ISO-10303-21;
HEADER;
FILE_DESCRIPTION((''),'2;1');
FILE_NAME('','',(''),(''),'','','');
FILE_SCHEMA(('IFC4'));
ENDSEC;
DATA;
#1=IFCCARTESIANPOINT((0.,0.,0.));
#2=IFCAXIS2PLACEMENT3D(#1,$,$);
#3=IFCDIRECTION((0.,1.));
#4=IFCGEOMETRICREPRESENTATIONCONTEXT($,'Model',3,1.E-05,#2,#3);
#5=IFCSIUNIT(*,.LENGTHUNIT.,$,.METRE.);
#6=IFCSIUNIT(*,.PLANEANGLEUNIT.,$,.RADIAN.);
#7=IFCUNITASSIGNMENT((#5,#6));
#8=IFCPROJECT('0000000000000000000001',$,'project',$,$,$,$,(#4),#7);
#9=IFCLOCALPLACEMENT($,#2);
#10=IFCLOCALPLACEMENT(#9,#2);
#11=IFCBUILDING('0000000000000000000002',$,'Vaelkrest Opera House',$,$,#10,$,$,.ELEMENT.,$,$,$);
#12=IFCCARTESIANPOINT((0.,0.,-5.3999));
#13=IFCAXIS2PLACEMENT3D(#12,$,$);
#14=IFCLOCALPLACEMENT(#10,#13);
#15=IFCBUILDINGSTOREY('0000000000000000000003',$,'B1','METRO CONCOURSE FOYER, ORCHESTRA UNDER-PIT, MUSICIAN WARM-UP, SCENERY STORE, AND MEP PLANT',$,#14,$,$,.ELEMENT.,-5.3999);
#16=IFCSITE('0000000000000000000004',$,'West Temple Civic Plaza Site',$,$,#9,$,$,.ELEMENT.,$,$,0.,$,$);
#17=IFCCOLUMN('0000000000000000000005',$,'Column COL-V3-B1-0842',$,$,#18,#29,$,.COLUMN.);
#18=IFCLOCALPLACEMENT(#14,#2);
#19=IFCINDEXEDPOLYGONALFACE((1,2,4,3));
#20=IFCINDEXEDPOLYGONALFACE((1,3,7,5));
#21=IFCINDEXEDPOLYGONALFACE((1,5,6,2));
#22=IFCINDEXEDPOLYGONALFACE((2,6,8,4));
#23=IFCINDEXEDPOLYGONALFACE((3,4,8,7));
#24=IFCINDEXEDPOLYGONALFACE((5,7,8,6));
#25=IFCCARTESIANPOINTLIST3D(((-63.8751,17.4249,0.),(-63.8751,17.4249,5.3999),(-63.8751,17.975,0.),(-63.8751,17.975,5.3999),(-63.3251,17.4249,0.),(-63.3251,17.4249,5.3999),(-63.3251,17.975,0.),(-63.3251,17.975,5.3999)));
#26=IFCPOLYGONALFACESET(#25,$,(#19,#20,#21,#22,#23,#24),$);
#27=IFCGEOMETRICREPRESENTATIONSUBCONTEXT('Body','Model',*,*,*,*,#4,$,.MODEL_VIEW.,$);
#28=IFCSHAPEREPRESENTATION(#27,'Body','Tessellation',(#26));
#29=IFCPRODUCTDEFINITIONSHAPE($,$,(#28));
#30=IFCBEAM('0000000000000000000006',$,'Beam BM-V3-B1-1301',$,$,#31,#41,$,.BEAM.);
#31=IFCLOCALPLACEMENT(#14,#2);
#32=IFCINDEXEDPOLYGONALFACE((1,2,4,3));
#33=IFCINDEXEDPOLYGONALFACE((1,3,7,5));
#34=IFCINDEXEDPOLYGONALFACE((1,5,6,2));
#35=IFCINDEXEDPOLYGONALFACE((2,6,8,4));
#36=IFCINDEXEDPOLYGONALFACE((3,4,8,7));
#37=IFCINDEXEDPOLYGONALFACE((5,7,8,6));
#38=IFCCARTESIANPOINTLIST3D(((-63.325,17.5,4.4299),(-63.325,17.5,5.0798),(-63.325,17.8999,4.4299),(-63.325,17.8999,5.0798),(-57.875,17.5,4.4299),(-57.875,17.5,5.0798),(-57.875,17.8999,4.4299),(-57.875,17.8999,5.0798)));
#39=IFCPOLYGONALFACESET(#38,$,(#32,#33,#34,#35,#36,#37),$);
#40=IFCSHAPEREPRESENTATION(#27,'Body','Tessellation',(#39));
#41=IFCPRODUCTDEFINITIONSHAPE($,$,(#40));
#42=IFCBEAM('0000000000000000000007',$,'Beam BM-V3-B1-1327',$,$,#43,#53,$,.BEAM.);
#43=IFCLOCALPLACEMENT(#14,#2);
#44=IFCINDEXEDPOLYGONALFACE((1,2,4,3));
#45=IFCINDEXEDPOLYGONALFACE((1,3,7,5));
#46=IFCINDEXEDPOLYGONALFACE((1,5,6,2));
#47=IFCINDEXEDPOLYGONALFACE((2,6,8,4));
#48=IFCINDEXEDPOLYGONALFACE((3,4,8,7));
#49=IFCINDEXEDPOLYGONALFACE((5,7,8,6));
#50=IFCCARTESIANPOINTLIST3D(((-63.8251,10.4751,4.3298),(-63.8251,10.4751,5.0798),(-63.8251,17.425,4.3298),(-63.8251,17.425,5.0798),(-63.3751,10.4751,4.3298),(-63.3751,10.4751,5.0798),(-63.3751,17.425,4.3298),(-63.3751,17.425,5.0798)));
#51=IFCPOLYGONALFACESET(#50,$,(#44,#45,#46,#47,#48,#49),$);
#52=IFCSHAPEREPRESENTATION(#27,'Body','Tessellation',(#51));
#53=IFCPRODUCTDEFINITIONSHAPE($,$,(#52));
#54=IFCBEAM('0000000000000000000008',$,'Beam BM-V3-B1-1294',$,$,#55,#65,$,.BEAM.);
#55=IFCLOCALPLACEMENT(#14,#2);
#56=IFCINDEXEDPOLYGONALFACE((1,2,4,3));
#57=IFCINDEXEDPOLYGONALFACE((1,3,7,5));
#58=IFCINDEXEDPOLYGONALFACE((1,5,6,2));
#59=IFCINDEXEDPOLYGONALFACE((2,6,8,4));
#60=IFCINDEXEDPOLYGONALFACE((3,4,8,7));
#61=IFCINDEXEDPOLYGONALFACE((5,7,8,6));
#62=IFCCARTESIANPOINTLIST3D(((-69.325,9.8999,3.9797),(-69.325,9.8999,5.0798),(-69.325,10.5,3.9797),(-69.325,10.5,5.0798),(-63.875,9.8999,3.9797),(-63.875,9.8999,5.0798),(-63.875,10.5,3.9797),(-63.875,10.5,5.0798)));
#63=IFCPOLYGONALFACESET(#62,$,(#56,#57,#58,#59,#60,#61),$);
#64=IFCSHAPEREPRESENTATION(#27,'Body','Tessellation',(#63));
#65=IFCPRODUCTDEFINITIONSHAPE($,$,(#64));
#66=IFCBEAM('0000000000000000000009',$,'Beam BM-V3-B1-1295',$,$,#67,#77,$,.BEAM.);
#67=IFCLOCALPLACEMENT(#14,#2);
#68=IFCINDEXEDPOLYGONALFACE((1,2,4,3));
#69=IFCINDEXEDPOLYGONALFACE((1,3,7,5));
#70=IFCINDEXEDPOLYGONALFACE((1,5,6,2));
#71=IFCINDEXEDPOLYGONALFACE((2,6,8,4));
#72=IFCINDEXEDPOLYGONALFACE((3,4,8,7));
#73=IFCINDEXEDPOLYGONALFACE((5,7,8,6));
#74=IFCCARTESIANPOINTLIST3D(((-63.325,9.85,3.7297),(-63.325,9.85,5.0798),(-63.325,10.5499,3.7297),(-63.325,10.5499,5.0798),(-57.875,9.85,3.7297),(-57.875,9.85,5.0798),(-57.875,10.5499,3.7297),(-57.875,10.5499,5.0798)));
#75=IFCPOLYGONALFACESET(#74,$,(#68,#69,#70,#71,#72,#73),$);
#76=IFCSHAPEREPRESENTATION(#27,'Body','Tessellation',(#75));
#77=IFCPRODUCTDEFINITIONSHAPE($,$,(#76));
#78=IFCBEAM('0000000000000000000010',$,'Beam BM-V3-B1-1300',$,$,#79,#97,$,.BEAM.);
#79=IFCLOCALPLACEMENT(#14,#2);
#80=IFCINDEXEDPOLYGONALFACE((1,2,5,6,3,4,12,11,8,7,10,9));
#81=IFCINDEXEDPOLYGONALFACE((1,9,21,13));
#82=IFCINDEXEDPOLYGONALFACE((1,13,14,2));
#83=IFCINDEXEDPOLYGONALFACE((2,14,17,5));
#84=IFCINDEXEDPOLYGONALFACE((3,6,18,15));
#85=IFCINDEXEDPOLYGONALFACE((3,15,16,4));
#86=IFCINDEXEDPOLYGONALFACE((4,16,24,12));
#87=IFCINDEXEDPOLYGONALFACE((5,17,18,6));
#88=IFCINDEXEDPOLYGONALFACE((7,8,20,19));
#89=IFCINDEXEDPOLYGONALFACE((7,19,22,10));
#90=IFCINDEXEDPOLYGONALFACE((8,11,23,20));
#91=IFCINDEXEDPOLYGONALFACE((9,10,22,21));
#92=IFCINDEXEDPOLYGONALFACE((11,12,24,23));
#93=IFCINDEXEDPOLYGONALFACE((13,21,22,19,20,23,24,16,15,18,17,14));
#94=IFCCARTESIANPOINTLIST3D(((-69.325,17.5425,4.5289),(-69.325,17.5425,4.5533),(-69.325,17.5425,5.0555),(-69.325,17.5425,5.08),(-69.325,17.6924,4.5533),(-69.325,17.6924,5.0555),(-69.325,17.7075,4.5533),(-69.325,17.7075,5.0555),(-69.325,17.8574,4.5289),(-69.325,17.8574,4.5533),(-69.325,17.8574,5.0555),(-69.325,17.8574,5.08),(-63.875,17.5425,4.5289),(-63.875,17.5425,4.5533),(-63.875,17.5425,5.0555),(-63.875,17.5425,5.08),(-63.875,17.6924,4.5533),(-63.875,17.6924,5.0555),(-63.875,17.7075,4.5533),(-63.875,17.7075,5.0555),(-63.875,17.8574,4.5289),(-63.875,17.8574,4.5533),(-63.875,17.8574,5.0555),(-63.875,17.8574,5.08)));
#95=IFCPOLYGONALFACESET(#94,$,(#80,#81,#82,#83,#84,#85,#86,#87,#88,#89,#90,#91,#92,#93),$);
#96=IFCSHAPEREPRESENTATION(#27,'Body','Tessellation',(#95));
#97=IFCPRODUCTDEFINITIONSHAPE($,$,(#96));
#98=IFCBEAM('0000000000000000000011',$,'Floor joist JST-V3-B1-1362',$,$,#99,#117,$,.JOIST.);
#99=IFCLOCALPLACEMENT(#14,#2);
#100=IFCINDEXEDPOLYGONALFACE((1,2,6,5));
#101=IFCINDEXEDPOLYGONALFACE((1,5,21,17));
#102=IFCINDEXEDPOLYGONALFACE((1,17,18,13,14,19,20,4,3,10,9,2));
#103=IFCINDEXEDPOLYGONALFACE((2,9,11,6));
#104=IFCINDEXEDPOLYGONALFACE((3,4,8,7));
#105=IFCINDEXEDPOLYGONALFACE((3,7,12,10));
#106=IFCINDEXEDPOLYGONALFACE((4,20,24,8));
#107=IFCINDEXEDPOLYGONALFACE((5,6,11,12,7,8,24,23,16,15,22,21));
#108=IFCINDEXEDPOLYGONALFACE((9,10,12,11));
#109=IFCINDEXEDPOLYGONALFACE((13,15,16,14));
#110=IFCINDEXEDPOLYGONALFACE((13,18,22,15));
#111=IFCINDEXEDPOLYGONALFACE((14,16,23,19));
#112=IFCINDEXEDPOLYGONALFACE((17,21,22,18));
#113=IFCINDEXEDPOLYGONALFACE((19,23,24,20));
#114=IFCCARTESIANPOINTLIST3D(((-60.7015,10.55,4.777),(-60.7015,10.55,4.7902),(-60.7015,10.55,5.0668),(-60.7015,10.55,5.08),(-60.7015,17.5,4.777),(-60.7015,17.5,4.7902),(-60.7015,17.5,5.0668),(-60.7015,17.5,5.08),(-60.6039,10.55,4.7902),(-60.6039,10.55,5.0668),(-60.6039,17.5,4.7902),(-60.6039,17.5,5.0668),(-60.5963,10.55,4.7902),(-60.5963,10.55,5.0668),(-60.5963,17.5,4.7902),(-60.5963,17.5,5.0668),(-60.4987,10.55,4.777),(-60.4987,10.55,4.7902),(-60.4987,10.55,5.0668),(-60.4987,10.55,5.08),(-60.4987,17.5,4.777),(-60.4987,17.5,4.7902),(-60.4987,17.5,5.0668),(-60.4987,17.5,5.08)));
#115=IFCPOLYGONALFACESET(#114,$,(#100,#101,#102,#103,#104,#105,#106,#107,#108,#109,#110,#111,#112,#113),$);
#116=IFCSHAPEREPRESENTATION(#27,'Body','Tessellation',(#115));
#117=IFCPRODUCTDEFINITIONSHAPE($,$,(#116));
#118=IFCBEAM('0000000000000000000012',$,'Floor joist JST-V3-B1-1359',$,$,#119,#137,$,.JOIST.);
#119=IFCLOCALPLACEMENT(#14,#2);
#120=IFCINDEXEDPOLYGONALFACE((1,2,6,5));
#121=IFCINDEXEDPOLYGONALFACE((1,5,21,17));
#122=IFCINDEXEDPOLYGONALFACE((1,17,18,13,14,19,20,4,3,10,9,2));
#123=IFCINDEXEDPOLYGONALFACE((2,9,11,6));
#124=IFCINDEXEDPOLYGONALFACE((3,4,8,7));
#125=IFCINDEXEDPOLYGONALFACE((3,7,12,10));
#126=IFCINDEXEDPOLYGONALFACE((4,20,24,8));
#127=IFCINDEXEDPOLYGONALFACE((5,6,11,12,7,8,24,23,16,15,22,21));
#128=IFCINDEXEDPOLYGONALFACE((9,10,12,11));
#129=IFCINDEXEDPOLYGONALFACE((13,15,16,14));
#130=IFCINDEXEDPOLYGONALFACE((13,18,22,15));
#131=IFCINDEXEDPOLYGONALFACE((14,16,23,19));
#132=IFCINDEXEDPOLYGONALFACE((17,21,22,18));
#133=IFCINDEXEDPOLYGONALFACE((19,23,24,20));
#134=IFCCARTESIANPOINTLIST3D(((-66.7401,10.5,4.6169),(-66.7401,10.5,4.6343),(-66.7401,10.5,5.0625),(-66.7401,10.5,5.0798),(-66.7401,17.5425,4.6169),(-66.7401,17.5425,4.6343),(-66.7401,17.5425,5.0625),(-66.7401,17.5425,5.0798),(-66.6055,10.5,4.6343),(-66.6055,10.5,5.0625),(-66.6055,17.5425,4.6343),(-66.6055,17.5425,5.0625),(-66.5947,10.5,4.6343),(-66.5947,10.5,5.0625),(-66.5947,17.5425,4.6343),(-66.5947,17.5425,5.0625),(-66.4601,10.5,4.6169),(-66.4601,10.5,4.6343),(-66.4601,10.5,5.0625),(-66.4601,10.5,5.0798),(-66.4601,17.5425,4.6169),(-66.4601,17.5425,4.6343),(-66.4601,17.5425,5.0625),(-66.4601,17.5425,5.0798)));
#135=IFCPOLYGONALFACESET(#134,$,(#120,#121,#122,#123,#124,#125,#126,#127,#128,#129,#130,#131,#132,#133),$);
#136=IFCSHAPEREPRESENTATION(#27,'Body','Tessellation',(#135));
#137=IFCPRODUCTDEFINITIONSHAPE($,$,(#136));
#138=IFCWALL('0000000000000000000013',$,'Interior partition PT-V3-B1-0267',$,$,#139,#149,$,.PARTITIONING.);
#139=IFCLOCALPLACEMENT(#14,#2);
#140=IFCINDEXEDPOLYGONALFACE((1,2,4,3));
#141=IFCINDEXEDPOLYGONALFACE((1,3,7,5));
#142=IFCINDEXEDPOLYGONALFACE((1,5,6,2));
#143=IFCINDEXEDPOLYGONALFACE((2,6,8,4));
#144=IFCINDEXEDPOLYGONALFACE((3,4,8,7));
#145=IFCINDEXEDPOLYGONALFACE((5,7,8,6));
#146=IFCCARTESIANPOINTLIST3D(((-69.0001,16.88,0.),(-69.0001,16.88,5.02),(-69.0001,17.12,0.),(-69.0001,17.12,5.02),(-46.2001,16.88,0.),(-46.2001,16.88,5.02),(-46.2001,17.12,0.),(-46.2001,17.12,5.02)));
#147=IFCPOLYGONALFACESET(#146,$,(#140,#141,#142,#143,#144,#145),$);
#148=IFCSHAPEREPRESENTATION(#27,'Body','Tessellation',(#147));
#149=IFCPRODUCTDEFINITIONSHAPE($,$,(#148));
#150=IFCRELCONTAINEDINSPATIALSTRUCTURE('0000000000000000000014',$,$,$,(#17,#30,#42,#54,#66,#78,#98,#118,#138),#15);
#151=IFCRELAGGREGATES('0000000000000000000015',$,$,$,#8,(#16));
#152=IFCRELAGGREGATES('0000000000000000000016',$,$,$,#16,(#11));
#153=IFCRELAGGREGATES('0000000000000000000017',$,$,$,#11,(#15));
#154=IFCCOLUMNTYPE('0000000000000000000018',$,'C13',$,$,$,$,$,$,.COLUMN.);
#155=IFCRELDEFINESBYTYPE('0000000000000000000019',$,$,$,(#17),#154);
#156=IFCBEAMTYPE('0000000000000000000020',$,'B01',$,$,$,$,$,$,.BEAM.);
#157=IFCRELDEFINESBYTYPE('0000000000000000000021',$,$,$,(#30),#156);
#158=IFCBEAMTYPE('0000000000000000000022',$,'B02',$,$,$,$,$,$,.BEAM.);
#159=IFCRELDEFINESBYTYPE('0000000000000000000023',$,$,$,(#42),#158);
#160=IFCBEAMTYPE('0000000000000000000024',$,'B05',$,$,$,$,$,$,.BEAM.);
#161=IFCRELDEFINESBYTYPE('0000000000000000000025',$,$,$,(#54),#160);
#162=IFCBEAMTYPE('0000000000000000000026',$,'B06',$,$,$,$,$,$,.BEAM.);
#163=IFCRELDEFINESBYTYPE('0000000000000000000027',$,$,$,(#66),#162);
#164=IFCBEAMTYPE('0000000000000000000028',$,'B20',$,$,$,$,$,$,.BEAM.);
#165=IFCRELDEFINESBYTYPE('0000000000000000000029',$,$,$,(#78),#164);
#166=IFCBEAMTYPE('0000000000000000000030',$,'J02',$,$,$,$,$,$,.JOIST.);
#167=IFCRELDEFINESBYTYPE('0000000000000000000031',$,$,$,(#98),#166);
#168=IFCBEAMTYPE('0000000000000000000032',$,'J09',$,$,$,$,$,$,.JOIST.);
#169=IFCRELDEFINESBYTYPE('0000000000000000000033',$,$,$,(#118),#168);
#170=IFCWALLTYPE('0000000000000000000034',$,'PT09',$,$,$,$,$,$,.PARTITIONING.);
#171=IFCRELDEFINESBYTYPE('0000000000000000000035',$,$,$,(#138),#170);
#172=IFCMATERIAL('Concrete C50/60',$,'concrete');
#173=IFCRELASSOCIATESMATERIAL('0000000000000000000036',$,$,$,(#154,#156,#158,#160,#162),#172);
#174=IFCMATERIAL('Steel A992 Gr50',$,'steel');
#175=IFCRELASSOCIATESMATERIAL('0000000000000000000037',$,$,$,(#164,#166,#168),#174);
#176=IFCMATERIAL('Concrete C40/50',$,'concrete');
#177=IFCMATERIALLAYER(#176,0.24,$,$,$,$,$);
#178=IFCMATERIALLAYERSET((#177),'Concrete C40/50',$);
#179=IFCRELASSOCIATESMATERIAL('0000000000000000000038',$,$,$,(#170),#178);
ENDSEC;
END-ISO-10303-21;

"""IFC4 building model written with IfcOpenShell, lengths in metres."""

from ifc_helpers import new_model, si_unit, direction, frame, frame_2d, origin, origin_2d, place, context, subcontext, project, spatial, rectangle, i_section, extrude, material, layer, layer_set, material_profile, profile_set, type_object, element, save


model = new_model("IFC4")

# Units and contexts
model_context = context("Model", 3, precision=1e-05, world=origin(), true_north=direction((0.0, 1.0)))
body_context = subcontext(model_context, "Body", "Model", "MODEL_VIEW")
ifc_project = project(units=[si_unit("LENGTHUNIT", "METRE"), si_unit("PLANEANGLEUNIT", "RADIAN")], contexts=[model_context])

# Site, building, storey
site_placement = place(None, origin())
site = spatial("IfcSite", under=ifc_project, at=site_placement, Name="West Temple Civic Plaza Site", CompositionType="ELEMENT", RefElevation=0.0)
building_placement = place(site_placement, origin())
building = spatial("IfcBuilding", under=site, at=building_placement, Name="Vaelkrest Opera House", CompositionType="ELEMENT")
storey_placement = place(building_placement, frame((0.0, 0.0, -5.3999)))
storey = spatial("IfcBuildingStorey", under=building, at=storey_placement, Name="B1", Description="METRO CONCOURSE FOYER, ORCHESTRA UNDER-PIT, MUSICIAN WARM-UP, SCENERY STORE, AND MEP PLANT", CompositionType="ELEMENT", Elevation=-5.3999)

# Shared definitions
ifc_material_1 = material(Name="Concrete C40/50", Category="concrete")

# Column
ifc_material_2 = material(Name="Concrete C50/60", Category="concrete")
ifc_material_profile_1 = material_profile(ifc_material_2, rectangle(XDim=0.55, YDim=0.55, at=origin_2d()), Name="RC550X550")
ifc_profile_set_1 = profile_set([ifc_material_profile_1], Name="Concrete C50/60")
column_type = type_object("IfcColumnType", Name="C13", PredefinedType="COLUMN", material=ifc_profile_set_1)
for number, where, z_axis, x_axis, name in (
    (1, (-63.6001, 17.7, 0.0), (0.0, 0.0, 1.0), (1.0, 0.0, 0.0), "Column COL-V3-B1-0842"),
):
    element("IfcColumn", number, at=place(storey_placement, frame(where, z_axis=z_axis, x_axis=x_axis)), inside=storey, type_object=column_type, Name=name, PredefinedType="COLUMN", context=body_context, shape_type="SweptSolid", body=[
        extrude(rectangle(XDim=0.55, YDim=0.55, at=origin_2d()), origin(), (0.0, 0.0, 1.0), 5.3999),
    ])

# Beams
ifc_material_profile_2 = material_profile(ifc_material_2, rectangle(XDim=0.3999, YDim=0.6499, at=origin_2d()), Name="RCB400X650")
ifc_profile_set_2 = profile_set([ifc_material_profile_2], Name="Concrete C50/60")
beam_type_1 = type_object("IfcBeamType", Name="B01", PredefinedType="BEAM", material=ifc_profile_set_2)
beam_1_placement = place(storey_placement, frame((-63.325, 17.7, 4.7549), z_axis=(1.0, 0.0, 0.0), x_axis=(0.0, 1.0, 0.0)))
element("IfcBeam", 2, at=beam_1_placement, inside=storey, type_object=beam_type_1, Name="Beam BM-V3-B1-1301", PredefinedType="BEAM", context=body_context, shape_type="SweptSolid", body=[
    extrude(rectangle(XDim=0.3999, YDim=0.6499, at=origin_2d()), origin(), (0.0, 0.0, 1.0), 5.45),
])
ifc_material_profile_3 = material_profile(ifc_material_2, rectangle(XDim=0.45, YDim=0.75, at=origin_2d()), Name="RCB450X750")
ifc_profile_set_3 = profile_set([ifc_material_profile_3], Name="Concrete C50/60")
beam_type_2 = type_object("IfcBeamType", Name="B02", PredefinedType="BEAM", material=ifc_profile_set_3)
beam_2_placement = place(storey_placement, frame((-63.6001, 10.4751, 4.7048), z_axis=(0.0, 1.0, 0.0), x_axis=(-1.0, 0.0, 0.0)))
element("IfcBeam", 3, at=beam_2_placement, inside=storey, type_object=beam_type_2, Name="Beam BM-V3-B1-1327", PredefinedType="BEAM", context=body_context, shape_type="SweptSolid", body=[
    extrude(rectangle(XDim=0.45, YDim=0.75, at=origin_2d()), origin(), (0.0, 0.0, 1.0), 6.95),
])
ifc_material_profile_4 = material_profile(ifc_material_2, rectangle(XDim=0.6001, YDim=1.1001, at=origin_2d()), Name="RCB600X1100")
ifc_profile_set_4 = profile_set([ifc_material_profile_4], Name="Concrete C50/60")
beam_type_3 = type_object("IfcBeamType", Name="B05", PredefinedType="BEAM", material=ifc_profile_set_4)
beam_3_placement = place(storey_placement, frame((-69.325, 10.2, 4.5298), z_axis=(1.0, 0.0, 0.0), x_axis=(0.0, 1.0, 0.0)))
element("IfcBeam", 4, at=beam_3_placement, inside=storey, type_object=beam_type_3, Name="Beam BM-V3-B1-1294", PredefinedType="BEAM", context=body_context, shape_type="SweptSolid", body=[
    extrude(rectangle(XDim=0.6001, YDim=1.1001, at=origin_2d()), origin(), (0.0, 0.0, 1.0), 5.45),
])
ifc_material_profile_5 = material_profile(ifc_material_2, rectangle(XDim=0.7, YDim=1.3501, at=origin_2d()), Name="RCB700X1350")
ifc_profile_set_5 = profile_set([ifc_material_profile_5], Name="Concrete C50/60")
beam_type_4 = type_object("IfcBeamType", Name="B06", PredefinedType="BEAM", material=ifc_profile_set_5)
beam_4_placement = place(storey_placement, frame((-63.325, 10.2, 4.4048), z_axis=(1.0, 0.0, 0.0), x_axis=(0.0, 1.0, 0.0)))
element("IfcBeam", 5, at=beam_4_placement, inside=storey, type_object=beam_type_4, Name="Beam BM-V3-B1-1295", PredefinedType="BEAM", context=body_context, shape_type="SweptSolid", body=[
    extrude(rectangle(XDim=0.7, YDim=1.3501, at=origin_2d()), origin(), (0.0, 0.0, 1.0), 5.45),
])
ifc_material_3 = material(Name="Steel A992 Gr50", Category="steel")
ifc_material_profile_6 = material_profile(ifc_material_3, i_section(OverallWidth=0.3149, OverallDepth=0.551, WebThickness=0.0151, FlangeThickness=0.0244, at=origin_2d()), Name="W21X122")
ifc_profile_set_6 = profile_set([ifc_material_profile_6], Name="Steel A992 Gr50")
beam_type_5 = type_object("IfcBeamType", Name="B20", PredefinedType="BEAM", material=ifc_profile_set_6)
beam_5_placement = place(storey_placement, frame((-69.325, 17.7, 4.8044), z_axis=(1.0, 0.0, 0.0), x_axis=(0.0, 1.0, 0.0)))
element("IfcBeam", 6, at=beam_5_placement, inside=storey, type_object=beam_type_5, Name="Beam BM-V3-B1-1300", PredefinedType="BEAM", context=body_context, shape_type="SweptSolid", body=[
    extrude(i_section(OverallWidth=0.3149, OverallDepth=0.551, WebThickness=0.0151, FlangeThickness=0.0244, at=origin_2d()), origin(), (0.0, 0.0, 1.0), 5.45),
])
ifc_material_profile_7 = material_profile(ifc_material_3, i_section(OverallWidth=0.2029, OverallDepth=0.303, WebThickness=0.0076, FlangeThickness=0.0132, at=origin_2d()), Name="W12X40")
ifc_profile_set_7 = profile_set([ifc_material_profile_7], Name="Steel A992 Gr50")
beam_type_6 = type_object("IfcBeamType", Name="J02", PredefinedType="JOIST", material=ifc_profile_set_7)
beam_6_placement = place(storey_placement, frame((-60.6001, 10.55, 4.9285), z_axis=(0.0, 1.0, 0.0), x_axis=(-1.0, 0.0, 0.0)))
element("IfcBeam", 7, at=beam_6_placement, inside=storey, type_object=beam_type_6, Name="Floor joist JST-V3-B1-1362", PredefinedType="JOIST", context=body_context, shape_type="SweptSolid", body=[
    extrude(i_section(OverallWidth=0.2029, OverallDepth=0.303, WebThickness=0.0076, FlangeThickness=0.0132, at=origin_2d()), origin(), (0.0, 0.0, 1.0), 6.95),
])
ifc_material_profile_8 = material_profile(ifc_material_3, i_section(OverallWidth=0.28, OverallDepth=0.4629, WebThickness=0.0107, FlangeThickness=0.0173, at=origin_2d()), Name="W18X76")
ifc_profile_set_8 = profile_set([ifc_material_profile_8], Name="Steel A992 Gr50")
beam_type_7 = type_object("IfcBeamType", Name="J09", PredefinedType="JOIST", material=ifc_profile_set_8)
beam_7_placement = place(storey_placement, frame((-66.6001, 10.5, 4.8484), z_axis=(0.0, 1.0, 0.0), x_axis=(-1.0, 0.0, 0.0)))
element("IfcBeam", 8, at=beam_7_placement, inside=storey, type_object=beam_type_7, Name="Floor joist JST-V3-B1-1359", PredefinedType="JOIST", context=body_context, shape_type="SweptSolid", body=[
    extrude(i_section(OverallWidth=0.28, OverallDepth=0.4629, WebThickness=0.0107, FlangeThickness=0.0173, at=origin_2d()), origin(), (0.0, 0.0, 1.0), 7.0425),
])

# Wall
ifc_layer = layer(ifc_material_1, 0.24)
ifc_layer_set = layer_set([ifc_layer], Name="Concrete C40/50")
wall_type = type_object("IfcWallType", Name="PT09", PredefinedType="PARTITIONING", material=ifc_layer_set)
wall_1_placement = place(storey_placement, frame((-69.0, 17.0, 0.0), z_axis=(0.0, 0.0, 1.0), x_axis=(1.0, 0.0, 0.0)))
element("IfcWall", 9, at=wall_1_placement, inside=storey, type_object=wall_type, Name="Interior partition PT-V3-B1-0267", PredefinedType="PARTITIONING", context=body_context, shape_type="SweptSolid", body=[
    extrude(rectangle(XDim=22.8, YDim=0.24, at=frame_2d((11.3999, 0.0))), origin(), (0.0, 0.0, 1.0), 5.02),
])

save(model, "model.ifc")
